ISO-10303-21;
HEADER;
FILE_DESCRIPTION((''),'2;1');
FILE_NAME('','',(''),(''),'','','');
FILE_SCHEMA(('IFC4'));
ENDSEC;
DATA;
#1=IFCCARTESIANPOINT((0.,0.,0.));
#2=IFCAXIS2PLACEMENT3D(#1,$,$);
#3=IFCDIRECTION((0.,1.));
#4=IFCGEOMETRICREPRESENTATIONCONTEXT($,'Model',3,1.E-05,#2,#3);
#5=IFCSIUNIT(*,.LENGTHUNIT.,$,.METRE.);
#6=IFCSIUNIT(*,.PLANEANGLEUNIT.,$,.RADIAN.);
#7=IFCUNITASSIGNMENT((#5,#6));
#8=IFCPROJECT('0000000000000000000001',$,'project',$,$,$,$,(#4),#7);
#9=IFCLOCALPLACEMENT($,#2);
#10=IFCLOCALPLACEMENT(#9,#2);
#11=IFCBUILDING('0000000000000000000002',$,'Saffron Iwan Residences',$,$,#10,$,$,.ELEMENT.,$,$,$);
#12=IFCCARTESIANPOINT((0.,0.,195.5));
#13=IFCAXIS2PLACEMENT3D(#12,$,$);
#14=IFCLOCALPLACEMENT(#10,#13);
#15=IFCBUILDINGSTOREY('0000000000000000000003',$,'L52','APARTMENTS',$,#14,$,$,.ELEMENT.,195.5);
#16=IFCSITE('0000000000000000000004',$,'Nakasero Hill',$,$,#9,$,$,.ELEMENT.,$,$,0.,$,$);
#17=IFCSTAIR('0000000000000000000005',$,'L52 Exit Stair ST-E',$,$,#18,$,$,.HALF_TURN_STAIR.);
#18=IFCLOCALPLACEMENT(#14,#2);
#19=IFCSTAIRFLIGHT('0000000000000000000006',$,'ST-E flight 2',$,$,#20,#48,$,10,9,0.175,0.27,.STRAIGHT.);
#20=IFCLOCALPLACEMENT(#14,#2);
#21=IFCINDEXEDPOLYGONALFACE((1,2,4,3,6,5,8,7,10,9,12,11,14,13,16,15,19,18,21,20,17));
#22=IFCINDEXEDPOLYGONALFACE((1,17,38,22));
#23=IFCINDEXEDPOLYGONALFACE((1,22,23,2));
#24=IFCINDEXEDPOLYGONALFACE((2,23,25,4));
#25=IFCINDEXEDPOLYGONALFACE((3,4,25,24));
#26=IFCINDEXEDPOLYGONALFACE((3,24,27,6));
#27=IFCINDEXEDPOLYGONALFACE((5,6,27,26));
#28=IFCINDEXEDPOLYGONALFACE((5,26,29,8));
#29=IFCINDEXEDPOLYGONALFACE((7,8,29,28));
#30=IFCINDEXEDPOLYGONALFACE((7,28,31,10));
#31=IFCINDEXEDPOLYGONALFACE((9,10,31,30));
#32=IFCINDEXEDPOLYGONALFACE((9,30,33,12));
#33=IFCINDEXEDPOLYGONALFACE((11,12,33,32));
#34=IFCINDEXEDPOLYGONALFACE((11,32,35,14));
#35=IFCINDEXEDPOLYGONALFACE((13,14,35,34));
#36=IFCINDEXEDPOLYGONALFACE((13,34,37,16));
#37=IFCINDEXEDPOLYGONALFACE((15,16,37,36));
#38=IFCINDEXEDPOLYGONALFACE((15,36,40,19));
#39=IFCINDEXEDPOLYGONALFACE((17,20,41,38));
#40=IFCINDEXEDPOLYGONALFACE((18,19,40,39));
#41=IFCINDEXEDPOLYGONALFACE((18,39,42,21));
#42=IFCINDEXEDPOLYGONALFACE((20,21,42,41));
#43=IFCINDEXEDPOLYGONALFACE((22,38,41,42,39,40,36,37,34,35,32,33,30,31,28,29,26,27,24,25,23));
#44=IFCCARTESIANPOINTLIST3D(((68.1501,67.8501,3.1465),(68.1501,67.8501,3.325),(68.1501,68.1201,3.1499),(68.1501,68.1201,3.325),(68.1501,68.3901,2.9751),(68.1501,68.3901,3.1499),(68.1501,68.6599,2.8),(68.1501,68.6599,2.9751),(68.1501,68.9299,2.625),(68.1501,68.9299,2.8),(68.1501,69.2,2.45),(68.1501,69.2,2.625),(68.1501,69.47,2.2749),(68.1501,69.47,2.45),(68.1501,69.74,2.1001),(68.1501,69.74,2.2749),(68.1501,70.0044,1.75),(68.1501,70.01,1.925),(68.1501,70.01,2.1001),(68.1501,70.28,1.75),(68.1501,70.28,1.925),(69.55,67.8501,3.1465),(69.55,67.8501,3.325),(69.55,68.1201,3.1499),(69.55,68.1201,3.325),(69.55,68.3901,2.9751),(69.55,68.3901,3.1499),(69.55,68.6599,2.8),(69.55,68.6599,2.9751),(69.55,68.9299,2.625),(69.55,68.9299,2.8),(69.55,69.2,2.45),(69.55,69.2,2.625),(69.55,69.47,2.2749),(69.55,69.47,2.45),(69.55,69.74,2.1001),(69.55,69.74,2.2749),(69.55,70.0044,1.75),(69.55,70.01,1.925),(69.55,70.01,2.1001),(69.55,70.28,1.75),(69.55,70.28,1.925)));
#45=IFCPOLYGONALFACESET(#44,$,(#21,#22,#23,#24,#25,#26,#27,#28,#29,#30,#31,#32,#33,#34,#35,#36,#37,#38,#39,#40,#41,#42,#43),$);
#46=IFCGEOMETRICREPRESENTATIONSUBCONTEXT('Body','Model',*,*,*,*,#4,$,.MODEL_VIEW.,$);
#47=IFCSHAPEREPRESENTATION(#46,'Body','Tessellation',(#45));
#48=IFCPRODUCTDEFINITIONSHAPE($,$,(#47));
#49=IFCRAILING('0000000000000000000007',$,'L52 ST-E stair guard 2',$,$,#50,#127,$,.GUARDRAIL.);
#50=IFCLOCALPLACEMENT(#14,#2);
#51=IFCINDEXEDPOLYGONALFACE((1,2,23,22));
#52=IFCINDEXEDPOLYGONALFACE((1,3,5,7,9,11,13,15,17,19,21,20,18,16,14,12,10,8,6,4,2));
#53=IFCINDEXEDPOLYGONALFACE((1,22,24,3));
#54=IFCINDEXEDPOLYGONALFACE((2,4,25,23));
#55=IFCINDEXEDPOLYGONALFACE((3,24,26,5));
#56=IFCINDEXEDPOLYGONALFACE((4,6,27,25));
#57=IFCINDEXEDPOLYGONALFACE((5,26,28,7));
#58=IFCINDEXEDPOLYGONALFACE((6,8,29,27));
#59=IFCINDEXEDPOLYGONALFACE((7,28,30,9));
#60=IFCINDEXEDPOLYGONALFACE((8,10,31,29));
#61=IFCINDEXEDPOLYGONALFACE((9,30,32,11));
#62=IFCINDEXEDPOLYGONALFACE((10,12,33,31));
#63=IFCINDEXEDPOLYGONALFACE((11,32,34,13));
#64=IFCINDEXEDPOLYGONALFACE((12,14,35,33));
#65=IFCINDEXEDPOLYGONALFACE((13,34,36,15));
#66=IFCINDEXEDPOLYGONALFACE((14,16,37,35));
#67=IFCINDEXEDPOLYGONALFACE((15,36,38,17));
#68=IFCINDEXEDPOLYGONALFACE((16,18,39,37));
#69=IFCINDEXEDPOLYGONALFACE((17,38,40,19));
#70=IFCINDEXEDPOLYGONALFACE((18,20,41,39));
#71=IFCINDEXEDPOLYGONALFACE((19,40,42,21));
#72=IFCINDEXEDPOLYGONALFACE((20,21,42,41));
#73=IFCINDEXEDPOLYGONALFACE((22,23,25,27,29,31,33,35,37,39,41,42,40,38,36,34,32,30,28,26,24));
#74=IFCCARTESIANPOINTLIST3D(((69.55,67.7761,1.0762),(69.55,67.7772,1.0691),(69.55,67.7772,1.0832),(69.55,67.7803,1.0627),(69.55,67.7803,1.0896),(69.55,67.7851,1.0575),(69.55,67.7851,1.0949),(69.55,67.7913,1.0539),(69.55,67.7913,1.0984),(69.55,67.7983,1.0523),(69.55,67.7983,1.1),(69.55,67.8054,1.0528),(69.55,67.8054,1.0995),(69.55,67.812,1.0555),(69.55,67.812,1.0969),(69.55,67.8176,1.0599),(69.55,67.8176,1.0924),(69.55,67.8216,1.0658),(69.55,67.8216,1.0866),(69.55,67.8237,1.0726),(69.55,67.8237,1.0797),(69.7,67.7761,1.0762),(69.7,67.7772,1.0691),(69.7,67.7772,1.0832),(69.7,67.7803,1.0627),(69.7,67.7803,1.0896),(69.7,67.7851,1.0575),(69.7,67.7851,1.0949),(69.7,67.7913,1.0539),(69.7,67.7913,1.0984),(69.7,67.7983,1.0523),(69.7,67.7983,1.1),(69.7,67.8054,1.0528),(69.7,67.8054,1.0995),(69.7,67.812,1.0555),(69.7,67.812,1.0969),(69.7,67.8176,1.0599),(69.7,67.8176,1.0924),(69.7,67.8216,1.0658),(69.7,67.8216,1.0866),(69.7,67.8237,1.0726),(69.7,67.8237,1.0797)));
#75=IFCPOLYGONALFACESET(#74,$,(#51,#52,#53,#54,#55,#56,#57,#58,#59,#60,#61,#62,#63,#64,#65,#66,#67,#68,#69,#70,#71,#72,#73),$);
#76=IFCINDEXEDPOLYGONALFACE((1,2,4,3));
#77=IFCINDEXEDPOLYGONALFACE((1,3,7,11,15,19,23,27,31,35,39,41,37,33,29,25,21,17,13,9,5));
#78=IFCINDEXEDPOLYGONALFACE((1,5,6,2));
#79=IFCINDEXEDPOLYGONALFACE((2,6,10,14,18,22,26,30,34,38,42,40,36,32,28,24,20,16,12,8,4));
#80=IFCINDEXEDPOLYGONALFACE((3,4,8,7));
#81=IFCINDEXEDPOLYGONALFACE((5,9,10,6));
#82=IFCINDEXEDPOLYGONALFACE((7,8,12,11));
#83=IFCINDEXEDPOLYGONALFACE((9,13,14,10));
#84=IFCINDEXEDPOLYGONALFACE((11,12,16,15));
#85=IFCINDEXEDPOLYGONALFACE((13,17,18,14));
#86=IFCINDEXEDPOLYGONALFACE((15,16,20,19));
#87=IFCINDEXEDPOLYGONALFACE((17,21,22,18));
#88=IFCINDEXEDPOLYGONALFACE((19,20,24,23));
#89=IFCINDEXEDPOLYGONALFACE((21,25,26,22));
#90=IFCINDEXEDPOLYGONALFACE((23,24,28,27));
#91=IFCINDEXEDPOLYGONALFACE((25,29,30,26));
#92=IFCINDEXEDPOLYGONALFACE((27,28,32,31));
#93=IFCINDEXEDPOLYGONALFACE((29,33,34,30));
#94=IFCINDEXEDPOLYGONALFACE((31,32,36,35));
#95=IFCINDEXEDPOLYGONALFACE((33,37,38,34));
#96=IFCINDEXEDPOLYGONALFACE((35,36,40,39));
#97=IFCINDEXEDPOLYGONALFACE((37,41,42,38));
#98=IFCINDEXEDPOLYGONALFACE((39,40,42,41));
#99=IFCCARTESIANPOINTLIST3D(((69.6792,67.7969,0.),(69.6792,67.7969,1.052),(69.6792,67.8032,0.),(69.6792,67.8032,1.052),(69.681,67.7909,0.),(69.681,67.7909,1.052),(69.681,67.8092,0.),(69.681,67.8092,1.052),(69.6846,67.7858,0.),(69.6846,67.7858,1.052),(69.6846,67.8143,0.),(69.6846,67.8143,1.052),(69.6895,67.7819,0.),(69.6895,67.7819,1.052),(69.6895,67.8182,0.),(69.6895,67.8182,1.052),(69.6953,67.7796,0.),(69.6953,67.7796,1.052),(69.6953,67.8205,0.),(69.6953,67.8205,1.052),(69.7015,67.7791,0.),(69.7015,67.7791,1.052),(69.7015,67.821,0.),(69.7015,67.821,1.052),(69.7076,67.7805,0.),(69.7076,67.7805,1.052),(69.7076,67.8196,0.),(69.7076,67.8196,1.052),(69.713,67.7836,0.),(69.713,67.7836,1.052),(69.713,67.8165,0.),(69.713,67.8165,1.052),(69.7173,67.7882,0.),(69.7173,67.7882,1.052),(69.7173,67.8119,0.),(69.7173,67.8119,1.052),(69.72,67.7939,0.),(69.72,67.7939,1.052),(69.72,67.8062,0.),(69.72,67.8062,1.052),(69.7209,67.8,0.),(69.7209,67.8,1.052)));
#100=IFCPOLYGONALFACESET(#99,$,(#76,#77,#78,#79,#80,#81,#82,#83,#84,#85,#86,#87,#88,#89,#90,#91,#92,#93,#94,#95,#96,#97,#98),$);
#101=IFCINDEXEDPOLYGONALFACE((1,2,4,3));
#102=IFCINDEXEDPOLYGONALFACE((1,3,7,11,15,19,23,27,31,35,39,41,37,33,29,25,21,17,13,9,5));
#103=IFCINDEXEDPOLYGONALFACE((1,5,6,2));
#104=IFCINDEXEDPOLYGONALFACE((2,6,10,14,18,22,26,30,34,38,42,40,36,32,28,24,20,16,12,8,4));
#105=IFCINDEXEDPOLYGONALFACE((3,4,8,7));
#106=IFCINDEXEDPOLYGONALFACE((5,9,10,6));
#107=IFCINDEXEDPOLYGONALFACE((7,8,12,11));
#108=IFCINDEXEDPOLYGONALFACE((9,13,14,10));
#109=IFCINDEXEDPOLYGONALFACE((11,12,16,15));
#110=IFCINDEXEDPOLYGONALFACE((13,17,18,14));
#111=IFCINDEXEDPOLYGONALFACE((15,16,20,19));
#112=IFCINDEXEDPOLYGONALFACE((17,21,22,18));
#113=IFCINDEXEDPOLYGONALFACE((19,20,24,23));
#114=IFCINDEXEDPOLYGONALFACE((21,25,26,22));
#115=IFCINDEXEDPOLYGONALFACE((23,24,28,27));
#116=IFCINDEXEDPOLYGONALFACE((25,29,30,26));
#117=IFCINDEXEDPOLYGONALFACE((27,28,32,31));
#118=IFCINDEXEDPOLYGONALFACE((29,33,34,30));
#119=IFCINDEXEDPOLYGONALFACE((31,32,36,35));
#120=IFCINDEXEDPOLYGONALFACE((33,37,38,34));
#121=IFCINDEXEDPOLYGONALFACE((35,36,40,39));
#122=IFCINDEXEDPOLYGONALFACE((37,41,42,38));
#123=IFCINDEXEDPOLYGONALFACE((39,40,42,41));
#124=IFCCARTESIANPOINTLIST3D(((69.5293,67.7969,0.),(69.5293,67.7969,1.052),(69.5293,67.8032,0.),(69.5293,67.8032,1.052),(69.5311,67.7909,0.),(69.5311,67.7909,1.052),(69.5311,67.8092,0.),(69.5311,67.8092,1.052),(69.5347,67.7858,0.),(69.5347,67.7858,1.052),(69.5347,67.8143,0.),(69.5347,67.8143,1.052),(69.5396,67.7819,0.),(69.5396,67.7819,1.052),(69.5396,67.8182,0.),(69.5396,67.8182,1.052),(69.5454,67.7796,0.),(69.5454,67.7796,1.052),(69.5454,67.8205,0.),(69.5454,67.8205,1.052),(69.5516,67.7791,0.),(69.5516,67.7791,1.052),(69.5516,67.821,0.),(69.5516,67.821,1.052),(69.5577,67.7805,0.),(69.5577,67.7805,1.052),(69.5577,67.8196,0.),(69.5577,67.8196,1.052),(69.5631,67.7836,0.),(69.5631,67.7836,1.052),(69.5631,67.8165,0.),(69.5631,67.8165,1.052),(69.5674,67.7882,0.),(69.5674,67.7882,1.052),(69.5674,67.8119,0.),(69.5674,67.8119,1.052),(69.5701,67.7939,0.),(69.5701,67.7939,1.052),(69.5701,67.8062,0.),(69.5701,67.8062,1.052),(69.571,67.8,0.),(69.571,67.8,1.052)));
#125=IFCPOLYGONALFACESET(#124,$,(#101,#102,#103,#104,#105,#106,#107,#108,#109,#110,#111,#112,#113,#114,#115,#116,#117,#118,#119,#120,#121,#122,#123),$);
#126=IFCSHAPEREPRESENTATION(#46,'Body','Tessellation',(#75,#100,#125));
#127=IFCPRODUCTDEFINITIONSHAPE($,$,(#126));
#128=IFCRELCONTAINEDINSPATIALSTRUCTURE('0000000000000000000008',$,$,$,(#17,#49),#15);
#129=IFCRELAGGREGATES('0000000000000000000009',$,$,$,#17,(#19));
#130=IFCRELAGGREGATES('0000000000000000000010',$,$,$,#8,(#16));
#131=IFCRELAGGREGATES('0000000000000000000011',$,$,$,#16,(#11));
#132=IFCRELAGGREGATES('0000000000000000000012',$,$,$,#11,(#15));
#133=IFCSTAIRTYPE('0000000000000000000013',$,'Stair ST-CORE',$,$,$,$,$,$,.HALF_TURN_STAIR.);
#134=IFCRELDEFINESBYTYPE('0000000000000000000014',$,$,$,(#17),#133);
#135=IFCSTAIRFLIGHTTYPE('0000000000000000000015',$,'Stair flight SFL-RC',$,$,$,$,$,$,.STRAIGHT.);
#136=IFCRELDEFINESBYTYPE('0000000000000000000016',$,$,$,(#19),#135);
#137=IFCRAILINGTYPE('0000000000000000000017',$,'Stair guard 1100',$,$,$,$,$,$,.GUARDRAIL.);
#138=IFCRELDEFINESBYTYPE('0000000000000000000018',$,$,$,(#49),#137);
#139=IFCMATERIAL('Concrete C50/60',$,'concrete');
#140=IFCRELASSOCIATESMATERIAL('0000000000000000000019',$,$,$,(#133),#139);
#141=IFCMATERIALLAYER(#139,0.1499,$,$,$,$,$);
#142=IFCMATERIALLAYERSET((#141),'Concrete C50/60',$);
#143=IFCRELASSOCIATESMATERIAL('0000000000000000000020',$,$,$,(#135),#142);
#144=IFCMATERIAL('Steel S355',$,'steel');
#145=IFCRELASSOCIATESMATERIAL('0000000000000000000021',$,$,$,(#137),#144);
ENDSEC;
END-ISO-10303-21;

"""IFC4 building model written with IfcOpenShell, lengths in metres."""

from ifc_helpers import new_model, si_unit, direction, frame, origin, origin_2d, place, context, subcontext, project, spatial, polyline, circle, outline, extrude, material, layer, layer_set, type_object, element, aggregate, save


model = new_model("IFC4")

# Units and contexts
model_context = context("Model", 3, precision=1e-05, world=origin(), true_north=direction((0.0, 1.0)))
body_context = subcontext(model_context, "Body", "Model", "MODEL_VIEW")
ifc_project = project(units=[si_unit("LENGTHUNIT", "METRE"), si_unit("PLANEANGLEUNIT", "RADIAN")], contexts=[model_context])

# Site, building, storey
site_placement = place(None, origin())
site = spatial("IfcSite", under=ifc_project, at=site_placement, Name="Nakasero Hill", CompositionType="ELEMENT", RefElevation=0.0)
building_placement = place(site_placement, origin())
building = spatial("IfcBuilding", under=site, at=building_placement, Name="Saffron Iwan Residences", CompositionType="ELEMENT")
storey_placement = place(building_placement, frame((0.0, 0.0, 195.5)))
storey = spatial("IfcBuildingStorey", under=building, at=storey_placement, Name="L52", Description="APARTMENTS", CompositionType="ELEMENT", Elevation=195.5)

# Shared definitions
ifc_material_1 = material(Name="Concrete C50/60", Category="concrete")

# Stair, stair flight
stair_type = type_object("IfcStairType", Name="Stair ST-CORE", PredefinedType="HALF_TURN_STAIR", material=ifc_material_1)
stair_placement = place(storey_placement, origin())
stair = element("IfcStair", 1, at=stair_placement, inside=storey, type_object=stair_type, Name="L52 Exit Stair ST-E", PredefinedType="HALF_TURN_STAIR")
ifc_layer_1 = layer(ifc_material_1, 0.1499)
ifc_layer_set_1 = layer_set([ifc_layer_1], Name="Concrete C50/60")
stair_flight_type = type_object("IfcStairFlightType", Name="Stair flight SFL-RC", PredefinedType="STRAIGHT", material=ifc_layer_set_1)
stair_flight_1_placement = place(storey_placement, frame((68.8501, 70.28, 1.75), z_axis=(0.0, 0.0, 1.0), x_axis=(0.0, -1.0, 0.0)))
stair_flight_1 = element("IfcStairFlight", 2, at=stair_flight_1_placement, type_object=stair_flight_type, Name="ST-E flight 2", NumberOfRisers=10, NumberOfTreads=9, PredefinedType="STRAIGHT", RiserHeight=0.175, TreadLength=0.27, context=body_context, shape_type="SweptSolid", body=[
    extrude(outline(polyline([(0.0, 0.0), (0.0, 0.175), (0.27, 0.175), (0.27, 0.3501), (0.54, 0.3501), (0.54, 0.5249), (0.8101, 0.5249), (0.8101, 0.7), (1.0801, 0.7), (1.0801, 0.875), (1.3501, 0.875), (1.3501, 1.05), (1.6201, 1.05), (1.6201, 1.2251), (1.8899, 1.2251), (1.8899, 1.3999), (2.1599, 1.3999), (2.1599, 1.575), (2.4299, 1.575), (2.4299, 1.75), (2.4299, 1.3965), (0.2756, 0.0), (0.0, 0.0)])), frame((0.0, 0.7, 0.0), z_axis=(0.0, -1.0, 0.0), x_axis=(1.0, 0.0, 0.0)), (0.0, 0.0, 1.0), 1.3999),
])
aggregate(stair, [stair_flight_1])

# Railing
ifc_material_2 = material(Name="Steel S355", Category="steel")
railing_type_1 = type_object("IfcRailingType", Name="Stair guard 1100", PredefinedType="GUARDRAIL", material=ifc_material_2)
railing_1_placement = place(storey_placement, frame((69.7, 67.8, 0.0)))
element("IfcRailing", 3, at=railing_1_placement, inside=storey, type_object=railing_type_1, Name="L52 ST-E stair guard 2", PredefinedType="GUARDRAIL", context=body_context, shape_type="SweptSolid", body=[
    extrude(circle(Radius=0.0239, at=origin_2d()), frame((0.0, 0.0, 1.0762), z_axis=(-1.0, 0.0, 0.0), x_axis=(0.0, -1.0, 0.0)), (0.0, 0.0, 1.0), 0.1499),
    extrude(circle(Radius=0.021, at=origin_2d()), origin(), (0.0, 0.0, 1.0), 1.052),
    extrude(circle(Radius=0.021, at=origin_2d()), frame((-0.1499, 0.0, 0.0)), (0.0, 0.0, 1.0), 1.052),
])

save(model, "model.ifc")
